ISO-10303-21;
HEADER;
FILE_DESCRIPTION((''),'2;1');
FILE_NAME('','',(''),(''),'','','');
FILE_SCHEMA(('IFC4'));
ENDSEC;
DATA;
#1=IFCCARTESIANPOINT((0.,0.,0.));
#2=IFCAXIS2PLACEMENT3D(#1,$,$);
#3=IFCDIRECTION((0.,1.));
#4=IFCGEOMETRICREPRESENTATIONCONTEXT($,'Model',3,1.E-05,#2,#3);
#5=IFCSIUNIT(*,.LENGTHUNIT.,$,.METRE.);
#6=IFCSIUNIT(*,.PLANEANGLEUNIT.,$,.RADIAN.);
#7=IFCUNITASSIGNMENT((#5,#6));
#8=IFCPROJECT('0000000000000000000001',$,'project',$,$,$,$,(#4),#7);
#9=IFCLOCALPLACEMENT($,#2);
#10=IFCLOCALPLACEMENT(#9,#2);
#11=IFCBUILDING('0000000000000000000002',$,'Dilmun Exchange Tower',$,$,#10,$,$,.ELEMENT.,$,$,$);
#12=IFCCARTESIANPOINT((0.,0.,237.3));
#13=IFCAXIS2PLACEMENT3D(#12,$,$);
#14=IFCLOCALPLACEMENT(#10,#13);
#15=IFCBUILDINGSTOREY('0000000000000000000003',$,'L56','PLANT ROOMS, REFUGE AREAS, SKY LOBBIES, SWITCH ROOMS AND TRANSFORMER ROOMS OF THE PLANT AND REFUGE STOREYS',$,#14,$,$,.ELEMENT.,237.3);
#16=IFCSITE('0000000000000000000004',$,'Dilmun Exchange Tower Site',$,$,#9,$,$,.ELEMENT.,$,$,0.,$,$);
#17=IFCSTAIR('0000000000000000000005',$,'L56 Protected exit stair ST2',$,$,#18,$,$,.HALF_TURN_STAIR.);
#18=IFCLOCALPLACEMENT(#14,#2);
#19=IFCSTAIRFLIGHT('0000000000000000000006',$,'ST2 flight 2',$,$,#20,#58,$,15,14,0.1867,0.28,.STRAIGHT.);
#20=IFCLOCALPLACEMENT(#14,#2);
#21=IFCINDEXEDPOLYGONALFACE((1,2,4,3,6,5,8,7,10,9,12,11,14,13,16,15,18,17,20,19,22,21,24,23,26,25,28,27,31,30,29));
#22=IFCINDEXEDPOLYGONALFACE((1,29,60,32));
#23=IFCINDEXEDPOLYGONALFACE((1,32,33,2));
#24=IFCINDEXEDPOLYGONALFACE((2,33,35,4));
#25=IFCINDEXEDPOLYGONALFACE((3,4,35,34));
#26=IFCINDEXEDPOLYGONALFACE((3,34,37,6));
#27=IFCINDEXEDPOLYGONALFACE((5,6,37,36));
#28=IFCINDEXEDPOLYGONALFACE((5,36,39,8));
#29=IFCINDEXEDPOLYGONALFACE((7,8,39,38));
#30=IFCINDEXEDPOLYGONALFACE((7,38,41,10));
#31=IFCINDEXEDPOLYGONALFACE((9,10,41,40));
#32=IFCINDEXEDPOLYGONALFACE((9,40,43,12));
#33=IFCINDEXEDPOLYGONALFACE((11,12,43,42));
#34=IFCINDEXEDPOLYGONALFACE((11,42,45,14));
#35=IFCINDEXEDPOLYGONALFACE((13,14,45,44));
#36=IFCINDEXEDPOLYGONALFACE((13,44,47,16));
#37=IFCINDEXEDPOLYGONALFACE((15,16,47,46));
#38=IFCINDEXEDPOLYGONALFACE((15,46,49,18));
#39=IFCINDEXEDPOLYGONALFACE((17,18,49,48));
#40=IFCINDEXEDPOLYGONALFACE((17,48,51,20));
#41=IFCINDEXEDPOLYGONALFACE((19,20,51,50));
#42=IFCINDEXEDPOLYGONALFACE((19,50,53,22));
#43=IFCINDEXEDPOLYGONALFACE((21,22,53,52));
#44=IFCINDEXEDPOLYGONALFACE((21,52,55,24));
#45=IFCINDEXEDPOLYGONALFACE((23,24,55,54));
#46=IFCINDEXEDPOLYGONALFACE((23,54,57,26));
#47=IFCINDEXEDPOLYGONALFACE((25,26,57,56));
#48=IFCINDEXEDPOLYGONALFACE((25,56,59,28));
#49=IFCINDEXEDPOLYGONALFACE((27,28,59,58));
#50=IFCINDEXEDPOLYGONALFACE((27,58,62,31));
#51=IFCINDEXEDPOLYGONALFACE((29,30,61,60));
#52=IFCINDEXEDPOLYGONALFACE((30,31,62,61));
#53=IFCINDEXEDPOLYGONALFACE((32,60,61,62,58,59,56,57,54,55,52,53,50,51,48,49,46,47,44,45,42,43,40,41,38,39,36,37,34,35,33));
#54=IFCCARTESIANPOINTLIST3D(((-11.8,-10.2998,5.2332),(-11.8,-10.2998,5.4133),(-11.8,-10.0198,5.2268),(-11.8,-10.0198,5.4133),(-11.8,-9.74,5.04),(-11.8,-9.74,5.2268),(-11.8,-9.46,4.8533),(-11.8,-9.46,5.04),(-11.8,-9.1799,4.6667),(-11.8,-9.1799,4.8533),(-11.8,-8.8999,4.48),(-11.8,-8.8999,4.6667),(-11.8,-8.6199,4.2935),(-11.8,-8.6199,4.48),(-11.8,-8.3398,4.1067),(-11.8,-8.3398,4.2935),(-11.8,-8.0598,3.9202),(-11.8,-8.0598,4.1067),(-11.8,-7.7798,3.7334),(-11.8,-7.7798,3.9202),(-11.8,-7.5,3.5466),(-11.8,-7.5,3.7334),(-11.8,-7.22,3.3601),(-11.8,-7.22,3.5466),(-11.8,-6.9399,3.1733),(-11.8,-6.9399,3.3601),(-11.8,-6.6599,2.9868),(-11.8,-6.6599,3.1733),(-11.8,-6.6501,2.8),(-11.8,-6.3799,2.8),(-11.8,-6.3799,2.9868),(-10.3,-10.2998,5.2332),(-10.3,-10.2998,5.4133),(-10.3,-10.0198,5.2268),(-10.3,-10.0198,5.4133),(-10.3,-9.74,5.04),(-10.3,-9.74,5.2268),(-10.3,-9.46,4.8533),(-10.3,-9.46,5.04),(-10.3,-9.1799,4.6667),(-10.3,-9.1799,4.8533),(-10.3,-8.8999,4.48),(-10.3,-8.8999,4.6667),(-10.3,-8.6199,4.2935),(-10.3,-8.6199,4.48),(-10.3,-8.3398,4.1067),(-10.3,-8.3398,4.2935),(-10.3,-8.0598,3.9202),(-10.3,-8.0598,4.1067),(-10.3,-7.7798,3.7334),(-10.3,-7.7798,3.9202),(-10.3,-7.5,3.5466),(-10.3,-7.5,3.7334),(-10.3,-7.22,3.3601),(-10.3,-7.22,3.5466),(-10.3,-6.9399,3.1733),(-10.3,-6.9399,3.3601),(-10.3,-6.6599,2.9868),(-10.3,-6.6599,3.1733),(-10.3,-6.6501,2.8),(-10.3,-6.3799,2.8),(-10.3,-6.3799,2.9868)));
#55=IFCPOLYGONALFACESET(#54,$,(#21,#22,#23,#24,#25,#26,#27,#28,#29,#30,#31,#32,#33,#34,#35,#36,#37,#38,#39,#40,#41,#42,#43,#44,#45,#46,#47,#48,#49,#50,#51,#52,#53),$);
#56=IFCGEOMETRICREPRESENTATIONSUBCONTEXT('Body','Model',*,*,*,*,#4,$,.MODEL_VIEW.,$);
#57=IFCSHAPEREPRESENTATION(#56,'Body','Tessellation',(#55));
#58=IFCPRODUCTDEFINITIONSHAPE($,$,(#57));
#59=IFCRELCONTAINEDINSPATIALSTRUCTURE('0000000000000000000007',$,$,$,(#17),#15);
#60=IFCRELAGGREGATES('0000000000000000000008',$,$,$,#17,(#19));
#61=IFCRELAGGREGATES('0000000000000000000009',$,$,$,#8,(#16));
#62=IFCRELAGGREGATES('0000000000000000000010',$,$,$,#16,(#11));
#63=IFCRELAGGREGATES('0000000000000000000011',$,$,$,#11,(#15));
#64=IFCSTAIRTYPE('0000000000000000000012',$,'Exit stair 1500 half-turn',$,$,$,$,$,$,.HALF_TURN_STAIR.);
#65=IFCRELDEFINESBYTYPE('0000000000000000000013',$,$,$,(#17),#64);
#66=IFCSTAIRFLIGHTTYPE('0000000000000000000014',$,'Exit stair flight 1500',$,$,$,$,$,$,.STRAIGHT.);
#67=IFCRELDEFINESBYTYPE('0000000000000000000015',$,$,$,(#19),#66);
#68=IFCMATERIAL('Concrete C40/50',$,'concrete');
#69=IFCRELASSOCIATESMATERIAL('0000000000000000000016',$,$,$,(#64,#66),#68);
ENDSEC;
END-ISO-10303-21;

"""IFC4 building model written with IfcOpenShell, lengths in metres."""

from ifc_helpers import new_model, si_unit, direction, frame, origin, place, context, subcontext, project, spatial, polyline, outline, extrude, material, type_object, element, aggregate, save


model = new_model("IFC4")

# Units and contexts
model_context = context("Model", 3, precision=1e-05, world=origin(), true_north=direction((0.0, 1.0)))
body_context = subcontext(model_context, "Body", "Model", "MODEL_VIEW")
ifc_project = project(units=[si_unit("LENGTHUNIT", "METRE"), si_unit("PLANEANGLEUNIT", "RADIAN")], contexts=[model_context])

# Site, building, storey
site_placement = place(None, origin())
site = spatial("IfcSite", under=ifc_project, at=site_placement, Name="Dilmun Exchange Tower Site", CompositionType="ELEMENT", RefElevation=0.0)
building_placement = place(site_placement, origin())
building = spatial("IfcBuilding", under=site, at=building_placement, Name="Dilmun Exchange Tower", CompositionType="ELEMENT")
storey_placement = place(building_placement, frame((0.0, 0.0, 237.3)))
storey = spatial("IfcBuildingStorey", under=building, at=storey_placement, Name="L56", Description="PLANT ROOMS, REFUGE AREAS, SKY LOBBIES, SWITCH ROOMS AND TRANSFORMER ROOMS OF THE PLANT AND REFUGE STOREYS", CompositionType="ELEMENT", Elevation=237.3)

# Shared definitions
ifc_material_1 = material(Name="Concrete C40/50", Category="concrete")

# Stair, stair flight
stair_type = type_object("IfcStairType", Name="Exit stair 1500 half-turn", PredefinedType="HALF_TURN_STAIR", material=ifc_material_1)
stair_placement = place(storey_placement, origin())
stair = element("IfcStair", 1, at=stair_placement, inside=storey, type_object=stair_type, Name="L56 Protected exit stair ST2", PredefinedType="HALF_TURN_STAIR")
stair_flight_type = type_object("IfcStairFlightType", Name="Exit stair flight 1500", PredefinedType="STRAIGHT", material=ifc_material_1)
stair_flight_placement = place(storey_placement, frame((-11.05, -6.3799, 2.8), z_axis=(0.0, 0.0, 1.0), x_axis=(0.0, -1.0, 0.0)))
stair_flight = element("IfcStairFlight", 2, at=stair_flight_placement, type_object=stair_flight_type, Name="ST2 flight 2", NumberOfRisers=15, NumberOfTreads=14, PredefinedType="STRAIGHT", RiserHeight=0.1867, TreadLength=0.28, context=body_context, shape_type="SweptSolid", body=[
    extrude(outline(polyline([(0.0, 0.0), (0.0, 0.1868), (0.28, 0.1868), (0.28, 0.3733), (0.5601, 0.3733), (0.5601, 0.5601), (0.8401, 0.5601), (0.8401, 0.7466), (1.1201, 0.7466), (1.1201, 0.9333), (1.3999, 0.9333), (1.3999, 1.1201), (1.6799, 1.1201), (1.6799, 1.3066), (1.96, 1.3066), (1.96, 1.4934), (2.24, 1.4934), (2.24, 1.6799), (2.52, 1.6799), (2.52, 1.8667), (2.8, 1.8667), (2.8, 2.0532), (3.0801, 2.0532), (3.0801, 2.24), (3.3601, 2.24), (3.3601, 2.4268), (3.6399, 2.4268), (3.6399, 2.6133), (3.9199, 2.6133), (3.9199, 2.8), (3.9199, 2.4331), (0.2703, 0.0), (0.0, 0.0)])), frame((0.0, 0.75, 0.0), z_axis=(0.0, -1.0, 0.0), x_axis=(1.0, 0.0, 0.0)), (0.0, 0.0, 1.0), 1.5),
])
aggregate(stair, [stair_flight])

save(model, "model.ifc")
